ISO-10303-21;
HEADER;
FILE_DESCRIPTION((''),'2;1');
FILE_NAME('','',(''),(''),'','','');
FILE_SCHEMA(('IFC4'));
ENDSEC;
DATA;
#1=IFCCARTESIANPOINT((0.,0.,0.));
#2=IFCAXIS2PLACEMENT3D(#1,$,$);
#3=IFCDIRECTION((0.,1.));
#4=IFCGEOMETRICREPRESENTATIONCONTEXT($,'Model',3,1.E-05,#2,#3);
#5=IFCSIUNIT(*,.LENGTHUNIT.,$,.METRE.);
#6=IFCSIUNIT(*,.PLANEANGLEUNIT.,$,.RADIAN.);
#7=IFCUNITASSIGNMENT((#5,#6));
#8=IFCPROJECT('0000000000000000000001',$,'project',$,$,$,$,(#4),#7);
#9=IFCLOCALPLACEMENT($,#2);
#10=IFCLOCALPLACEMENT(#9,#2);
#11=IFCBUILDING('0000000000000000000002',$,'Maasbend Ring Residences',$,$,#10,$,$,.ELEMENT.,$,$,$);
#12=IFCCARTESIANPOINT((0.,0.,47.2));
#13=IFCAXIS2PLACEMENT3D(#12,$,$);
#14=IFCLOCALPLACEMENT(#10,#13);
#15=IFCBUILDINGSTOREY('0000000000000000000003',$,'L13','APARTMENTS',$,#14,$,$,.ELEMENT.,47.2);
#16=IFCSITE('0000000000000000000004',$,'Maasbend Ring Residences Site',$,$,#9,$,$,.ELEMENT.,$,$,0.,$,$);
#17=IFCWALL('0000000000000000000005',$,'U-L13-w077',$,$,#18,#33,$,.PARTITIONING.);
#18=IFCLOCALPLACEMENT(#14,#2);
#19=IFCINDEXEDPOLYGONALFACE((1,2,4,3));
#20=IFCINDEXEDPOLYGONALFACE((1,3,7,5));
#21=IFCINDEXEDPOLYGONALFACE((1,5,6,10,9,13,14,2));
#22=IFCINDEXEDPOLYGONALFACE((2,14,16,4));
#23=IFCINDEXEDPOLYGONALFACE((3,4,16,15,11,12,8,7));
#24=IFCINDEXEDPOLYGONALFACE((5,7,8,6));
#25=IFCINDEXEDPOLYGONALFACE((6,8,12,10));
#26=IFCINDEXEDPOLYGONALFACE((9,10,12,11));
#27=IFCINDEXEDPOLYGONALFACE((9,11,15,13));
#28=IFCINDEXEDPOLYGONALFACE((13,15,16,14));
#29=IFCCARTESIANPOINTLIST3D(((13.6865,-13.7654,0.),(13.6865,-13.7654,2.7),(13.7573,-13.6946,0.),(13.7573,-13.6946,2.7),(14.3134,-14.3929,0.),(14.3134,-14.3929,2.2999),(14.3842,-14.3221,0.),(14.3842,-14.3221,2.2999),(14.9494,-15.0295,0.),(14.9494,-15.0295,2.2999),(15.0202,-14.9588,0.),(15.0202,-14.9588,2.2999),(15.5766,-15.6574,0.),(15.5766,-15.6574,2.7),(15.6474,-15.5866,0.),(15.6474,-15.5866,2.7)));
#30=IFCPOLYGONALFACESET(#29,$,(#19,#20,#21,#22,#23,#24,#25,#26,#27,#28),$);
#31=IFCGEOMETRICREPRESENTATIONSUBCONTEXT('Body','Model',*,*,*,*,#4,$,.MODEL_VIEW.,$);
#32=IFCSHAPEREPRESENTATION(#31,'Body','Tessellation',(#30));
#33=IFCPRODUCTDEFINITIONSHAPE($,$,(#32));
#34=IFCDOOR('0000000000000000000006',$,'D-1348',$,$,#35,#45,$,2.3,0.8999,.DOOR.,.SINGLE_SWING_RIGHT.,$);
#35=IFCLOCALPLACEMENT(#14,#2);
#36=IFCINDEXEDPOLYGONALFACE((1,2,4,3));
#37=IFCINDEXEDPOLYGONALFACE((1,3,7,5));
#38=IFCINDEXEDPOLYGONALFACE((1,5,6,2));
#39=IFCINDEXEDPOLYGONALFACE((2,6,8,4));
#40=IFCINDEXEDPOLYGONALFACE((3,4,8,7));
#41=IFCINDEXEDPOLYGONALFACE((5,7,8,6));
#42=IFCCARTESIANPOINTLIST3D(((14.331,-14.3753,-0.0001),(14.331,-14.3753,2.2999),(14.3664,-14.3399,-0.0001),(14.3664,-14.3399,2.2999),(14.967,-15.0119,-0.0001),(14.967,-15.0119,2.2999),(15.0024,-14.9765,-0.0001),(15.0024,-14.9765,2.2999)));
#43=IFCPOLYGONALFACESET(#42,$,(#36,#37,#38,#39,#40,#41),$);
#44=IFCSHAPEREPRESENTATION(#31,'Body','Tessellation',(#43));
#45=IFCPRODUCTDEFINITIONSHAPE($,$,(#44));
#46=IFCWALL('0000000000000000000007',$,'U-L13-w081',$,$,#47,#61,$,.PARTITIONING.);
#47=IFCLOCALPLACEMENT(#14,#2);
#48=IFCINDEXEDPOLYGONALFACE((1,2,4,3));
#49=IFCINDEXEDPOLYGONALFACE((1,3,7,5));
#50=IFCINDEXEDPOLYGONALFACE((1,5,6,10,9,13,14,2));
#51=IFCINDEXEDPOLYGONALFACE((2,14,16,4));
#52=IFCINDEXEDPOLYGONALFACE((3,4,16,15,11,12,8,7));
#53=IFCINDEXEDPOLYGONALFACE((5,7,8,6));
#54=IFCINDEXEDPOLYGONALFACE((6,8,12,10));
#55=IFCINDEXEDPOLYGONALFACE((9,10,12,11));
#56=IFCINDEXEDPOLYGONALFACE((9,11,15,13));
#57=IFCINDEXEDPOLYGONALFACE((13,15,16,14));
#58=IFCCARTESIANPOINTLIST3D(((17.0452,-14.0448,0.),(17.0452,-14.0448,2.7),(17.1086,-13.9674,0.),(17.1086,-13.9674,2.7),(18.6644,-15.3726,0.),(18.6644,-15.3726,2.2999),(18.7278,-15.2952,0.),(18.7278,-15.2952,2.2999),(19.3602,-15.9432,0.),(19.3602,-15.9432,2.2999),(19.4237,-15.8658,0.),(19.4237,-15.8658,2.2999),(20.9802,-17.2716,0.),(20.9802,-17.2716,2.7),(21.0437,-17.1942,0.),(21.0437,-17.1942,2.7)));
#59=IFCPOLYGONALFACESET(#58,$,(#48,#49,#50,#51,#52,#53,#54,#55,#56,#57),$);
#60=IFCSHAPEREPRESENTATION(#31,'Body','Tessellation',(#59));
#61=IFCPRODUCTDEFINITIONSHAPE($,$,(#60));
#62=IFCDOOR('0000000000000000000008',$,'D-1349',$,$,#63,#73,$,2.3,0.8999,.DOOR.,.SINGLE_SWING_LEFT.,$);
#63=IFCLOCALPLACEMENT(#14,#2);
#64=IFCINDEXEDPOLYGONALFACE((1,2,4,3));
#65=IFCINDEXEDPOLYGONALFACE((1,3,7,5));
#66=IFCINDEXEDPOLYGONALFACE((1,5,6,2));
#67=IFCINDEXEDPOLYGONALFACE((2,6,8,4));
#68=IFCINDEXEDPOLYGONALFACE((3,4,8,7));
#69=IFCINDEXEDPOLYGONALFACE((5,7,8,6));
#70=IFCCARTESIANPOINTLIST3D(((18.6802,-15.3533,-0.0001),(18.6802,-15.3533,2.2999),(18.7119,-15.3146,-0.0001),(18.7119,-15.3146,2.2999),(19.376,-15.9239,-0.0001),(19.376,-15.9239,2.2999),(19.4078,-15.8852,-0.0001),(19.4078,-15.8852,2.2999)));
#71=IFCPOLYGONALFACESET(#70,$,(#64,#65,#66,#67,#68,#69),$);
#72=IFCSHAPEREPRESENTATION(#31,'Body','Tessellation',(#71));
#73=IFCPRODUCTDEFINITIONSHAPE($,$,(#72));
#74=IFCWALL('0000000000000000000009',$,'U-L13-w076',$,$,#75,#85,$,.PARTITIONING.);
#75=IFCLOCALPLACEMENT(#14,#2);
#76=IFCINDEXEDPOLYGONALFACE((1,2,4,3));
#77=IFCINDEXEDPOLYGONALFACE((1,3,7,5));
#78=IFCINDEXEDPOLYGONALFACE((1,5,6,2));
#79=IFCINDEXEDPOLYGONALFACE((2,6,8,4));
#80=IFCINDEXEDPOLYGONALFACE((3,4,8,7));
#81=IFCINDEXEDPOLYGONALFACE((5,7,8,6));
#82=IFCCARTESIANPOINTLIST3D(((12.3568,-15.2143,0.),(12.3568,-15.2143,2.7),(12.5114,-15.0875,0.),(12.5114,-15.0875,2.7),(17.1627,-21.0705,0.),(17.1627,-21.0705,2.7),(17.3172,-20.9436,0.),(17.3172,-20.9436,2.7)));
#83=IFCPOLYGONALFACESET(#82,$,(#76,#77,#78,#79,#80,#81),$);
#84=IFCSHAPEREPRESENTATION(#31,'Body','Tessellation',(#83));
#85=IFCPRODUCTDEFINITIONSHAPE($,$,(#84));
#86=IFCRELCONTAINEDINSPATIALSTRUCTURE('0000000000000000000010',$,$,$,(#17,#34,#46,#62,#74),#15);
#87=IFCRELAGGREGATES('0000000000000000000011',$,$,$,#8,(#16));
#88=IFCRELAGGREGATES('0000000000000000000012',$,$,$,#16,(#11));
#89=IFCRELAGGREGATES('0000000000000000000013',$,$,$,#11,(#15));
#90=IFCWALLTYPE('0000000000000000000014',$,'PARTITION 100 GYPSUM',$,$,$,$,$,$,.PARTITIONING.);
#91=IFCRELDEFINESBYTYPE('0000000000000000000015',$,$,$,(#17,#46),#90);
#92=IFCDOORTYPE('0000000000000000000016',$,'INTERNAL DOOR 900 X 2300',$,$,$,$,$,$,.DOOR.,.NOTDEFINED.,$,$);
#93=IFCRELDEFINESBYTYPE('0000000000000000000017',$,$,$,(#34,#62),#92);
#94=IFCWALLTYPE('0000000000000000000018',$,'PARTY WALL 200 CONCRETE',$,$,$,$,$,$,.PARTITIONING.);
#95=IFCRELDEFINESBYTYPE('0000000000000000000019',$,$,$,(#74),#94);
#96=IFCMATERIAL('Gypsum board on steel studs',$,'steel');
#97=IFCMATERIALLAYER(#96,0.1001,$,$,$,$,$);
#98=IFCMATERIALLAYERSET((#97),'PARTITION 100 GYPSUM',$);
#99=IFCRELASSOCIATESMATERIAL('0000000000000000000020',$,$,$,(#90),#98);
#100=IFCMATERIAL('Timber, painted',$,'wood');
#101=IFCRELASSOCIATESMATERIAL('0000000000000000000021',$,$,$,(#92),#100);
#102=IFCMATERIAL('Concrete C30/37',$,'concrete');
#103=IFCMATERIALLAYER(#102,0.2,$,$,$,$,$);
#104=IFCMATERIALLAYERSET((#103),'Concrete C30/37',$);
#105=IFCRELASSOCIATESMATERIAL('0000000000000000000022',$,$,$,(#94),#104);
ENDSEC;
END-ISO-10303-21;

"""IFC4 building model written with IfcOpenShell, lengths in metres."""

from ifc_helpers import new_model, si_unit, direction, frame, frame_2d, origin, place, context, subcontext, project, spatial, rectangle, extrude, material, layer, layer_set, type_object, element, fill, save


model = new_model("IFC4")

# Units and contexts
model_context = context("Model", 3, precision=1e-05, world=origin(), true_north=direction((0.0, 1.0)))
body_context = subcontext(model_context, "Body", "Model", "MODEL_VIEW")
ifc_project = project(units=[si_unit("LENGTHUNIT", "METRE"), si_unit("PLANEANGLEUNIT", "RADIAN")], contexts=[model_context])

# Site, building, storey
site_placement = place(None, origin())
site = spatial("IfcSite", under=ifc_project, at=site_placement, Name="Maasbend Ring Residences Site", CompositionType="ELEMENT", RefElevation=0.0)
building_placement = place(site_placement, origin())
building = spatial("IfcBuilding", under=site, at=building_placement, Name="Maasbend Ring Residences", CompositionType="ELEMENT")
storey_placement = place(building_placement, frame((0.0, 0.0, 47.2)))
storey = spatial("IfcBuildingStorey", under=building, at=storey_placement, Name="L13", Description="APARTMENTS", CompositionType="ELEMENT", Elevation=47.2)

# Shared definitions
ifc_material_1 = material(Name="Gypsum board on steel studs", Category="steel")
ifc_layer_1 = layer(ifc_material_1, 0.1001)
ifc_layer_set_1 = layer_set([ifc_layer_1], Name="PARTITION 100 GYPSUM")
wall_type_1 = type_object("IfcWallType", Name="PARTITION 100 GYPSUM", PredefinedType="PARTITIONING", material=ifc_layer_set_1)

# Walls, openings, doors
ifc_material_2 = material(Name="Timber, painted", Category="wood")
door_type_1 = type_object("IfcDoorType", Name="INTERNAL DOOR 900 X 2300", OperationType="NOTDEFINED", PredefinedType="DOOR", material=ifc_material_2)
wall_1_placement = place(storey_placement, frame((13.7219, -13.73, 0.0), z_axis=(0.0, 0.0, 1.0), x_axis=(0.706742, -0.707472, 0.0)))
wall_1 = element("IfcWall", 1, at=wall_1_placement, inside=storey, type_object=wall_type_1, Name="U-L13-w077", PredefinedType="PARTITIONING", context=body_context, shape_type="SweptSolid", body=[
    extrude(rectangle(XDim=2.6743, YDim=0.1001, at=frame_2d((1.3372, 0.0))), origin(), (0.0, 0.0, 1.0), 2.7),
])
opening_1_placement = place(wall_1_placement, frame((0.887, 0.0, 0.0)))
opening_1 = element("IfcOpeningElement", 2, at=opening_1_placement, cuts=wall_1, PredefinedType="OPENING", context=body_context, shape_type="SweptSolid", body=[
    extrude(rectangle(XDim=0.8999, YDim=2.3, at=frame_2d((0.45, 1.1499))), frame((0.0, 0.0601, 0.0), z_axis=(0.0, -1.0, 0.0), x_axis=(1.0, 0.0, 0.0)), (0.0, 0.0, 1.0), 0.1201),
])
door_1_placement = place(opening_1_placement, origin())
door_1 = element("IfcDoor", 3, at=door_1_placement, inside=storey, type_object=door_type_1, Name="D-1348", OperationType="SINGLE_SWING_RIGHT", OverallHeight=2.3, OverallWidth=0.8999, PredefinedType="DOOR", context=body_context, shape_type="SweptSolid", body=[
    extrude(rectangle(XDim=0.8999, YDim=2.3, at=frame_2d((0.45, 1.1499))), frame((0.0, 0.0249, 0.0), z_axis=(0.0, -1.0, 0.0), x_axis=(1.0, 0.0, 0.0)), (0.0, 0.0, 1.0), 0.05),
])
fill(opening_1, door_1)
wall_2_placement = place(storey_placement, frame((17.0769, -14.0061, 0.0), z_axis=(0.0, 0.0, 1.0), x_axis=(0.773262, -0.634086, 0.0)))
wall_2 = element("IfcWall", 4, at=wall_2_placement, inside=storey, type_object=wall_type_1, Name="U-L13-w081", PredefinedType="PARTITIONING", context=body_context, shape_type="SweptSolid", body=[
    extrude(rectangle(XDim=5.0889, YDim=0.1001, at=frame_2d((2.5444, 0.0))), origin(), (0.0, 0.0, 1.0), 2.7),
])
opening_2_placement = place(wall_2_placement, frame((2.094, 0.0, 0.0)))
opening_2 = element("IfcOpeningElement", 5, at=opening_2_placement, cuts=wall_2, PredefinedType="OPENING", context=body_context, shape_type="SweptSolid", body=[
    extrude(rectangle(XDim=0.8999, YDim=2.3, at=frame_2d((0.45, 1.1499))), frame((0.0, 0.0601, 0.0), z_axis=(0.0, -1.0, 0.0), x_axis=(1.0, 0.0, 0.0)), (0.0, 0.0, 1.0), 0.1201),
])
door_2_placement = place(opening_2_placement, origin())
door_2 = element("IfcDoor", 6, at=door_2_placement, inside=storey, type_object=door_type_1, Name="D-1349", OperationType="SINGLE_SWING_LEFT", OverallHeight=2.3, OverallWidth=0.8999, PredefinedType="DOOR", context=body_context, shape_type="SweptSolid", body=[
    extrude(rectangle(XDim=0.8999, YDim=2.3, at=frame_2d((0.45, 1.1499))), frame((0.0, 0.0249, 0.0), z_axis=(0.0, -1.0, 0.0), x_axis=(1.0, 0.0, 0.0)), (0.0, 0.0, 1.0), 0.05),
])
fill(opening_2, door_2)

# Wall
ifc_material_3 = material(Name="Concrete C30/37", Category="concrete")
ifc_layer_2 = layer(ifc_material_3, 0.2)
ifc_layer_set_2 = layer_set([ifc_layer_2], Name="Concrete C30/37")
wall_type_2 = type_object("IfcWallType", Name="PARTY WALL 200 CONCRETE", PredefinedType="PARTITIONING", material=ifc_layer_set_2)
wall_3_placement = place(storey_placement, frame((12.4341, -15.1509, 0.0), z_axis=(0.0, 0.0, 1.0), x_axis=(0.634381, -0.77302, 0.0)))
element("IfcWall", 7, at=wall_3_placement, inside=storey, type_object=wall_type_2, Name="U-L13-w076", PredefinedType="PARTITIONING", context=body_context, shape_type="SweptSolid", body=[
    extrude(rectangle(XDim=7.5757, YDim=0.2, at=frame_2d((3.7878, 0.0))), origin(), (0.0, 0.0, 1.0), 2.7),
])

save(model, "model.ifc")
